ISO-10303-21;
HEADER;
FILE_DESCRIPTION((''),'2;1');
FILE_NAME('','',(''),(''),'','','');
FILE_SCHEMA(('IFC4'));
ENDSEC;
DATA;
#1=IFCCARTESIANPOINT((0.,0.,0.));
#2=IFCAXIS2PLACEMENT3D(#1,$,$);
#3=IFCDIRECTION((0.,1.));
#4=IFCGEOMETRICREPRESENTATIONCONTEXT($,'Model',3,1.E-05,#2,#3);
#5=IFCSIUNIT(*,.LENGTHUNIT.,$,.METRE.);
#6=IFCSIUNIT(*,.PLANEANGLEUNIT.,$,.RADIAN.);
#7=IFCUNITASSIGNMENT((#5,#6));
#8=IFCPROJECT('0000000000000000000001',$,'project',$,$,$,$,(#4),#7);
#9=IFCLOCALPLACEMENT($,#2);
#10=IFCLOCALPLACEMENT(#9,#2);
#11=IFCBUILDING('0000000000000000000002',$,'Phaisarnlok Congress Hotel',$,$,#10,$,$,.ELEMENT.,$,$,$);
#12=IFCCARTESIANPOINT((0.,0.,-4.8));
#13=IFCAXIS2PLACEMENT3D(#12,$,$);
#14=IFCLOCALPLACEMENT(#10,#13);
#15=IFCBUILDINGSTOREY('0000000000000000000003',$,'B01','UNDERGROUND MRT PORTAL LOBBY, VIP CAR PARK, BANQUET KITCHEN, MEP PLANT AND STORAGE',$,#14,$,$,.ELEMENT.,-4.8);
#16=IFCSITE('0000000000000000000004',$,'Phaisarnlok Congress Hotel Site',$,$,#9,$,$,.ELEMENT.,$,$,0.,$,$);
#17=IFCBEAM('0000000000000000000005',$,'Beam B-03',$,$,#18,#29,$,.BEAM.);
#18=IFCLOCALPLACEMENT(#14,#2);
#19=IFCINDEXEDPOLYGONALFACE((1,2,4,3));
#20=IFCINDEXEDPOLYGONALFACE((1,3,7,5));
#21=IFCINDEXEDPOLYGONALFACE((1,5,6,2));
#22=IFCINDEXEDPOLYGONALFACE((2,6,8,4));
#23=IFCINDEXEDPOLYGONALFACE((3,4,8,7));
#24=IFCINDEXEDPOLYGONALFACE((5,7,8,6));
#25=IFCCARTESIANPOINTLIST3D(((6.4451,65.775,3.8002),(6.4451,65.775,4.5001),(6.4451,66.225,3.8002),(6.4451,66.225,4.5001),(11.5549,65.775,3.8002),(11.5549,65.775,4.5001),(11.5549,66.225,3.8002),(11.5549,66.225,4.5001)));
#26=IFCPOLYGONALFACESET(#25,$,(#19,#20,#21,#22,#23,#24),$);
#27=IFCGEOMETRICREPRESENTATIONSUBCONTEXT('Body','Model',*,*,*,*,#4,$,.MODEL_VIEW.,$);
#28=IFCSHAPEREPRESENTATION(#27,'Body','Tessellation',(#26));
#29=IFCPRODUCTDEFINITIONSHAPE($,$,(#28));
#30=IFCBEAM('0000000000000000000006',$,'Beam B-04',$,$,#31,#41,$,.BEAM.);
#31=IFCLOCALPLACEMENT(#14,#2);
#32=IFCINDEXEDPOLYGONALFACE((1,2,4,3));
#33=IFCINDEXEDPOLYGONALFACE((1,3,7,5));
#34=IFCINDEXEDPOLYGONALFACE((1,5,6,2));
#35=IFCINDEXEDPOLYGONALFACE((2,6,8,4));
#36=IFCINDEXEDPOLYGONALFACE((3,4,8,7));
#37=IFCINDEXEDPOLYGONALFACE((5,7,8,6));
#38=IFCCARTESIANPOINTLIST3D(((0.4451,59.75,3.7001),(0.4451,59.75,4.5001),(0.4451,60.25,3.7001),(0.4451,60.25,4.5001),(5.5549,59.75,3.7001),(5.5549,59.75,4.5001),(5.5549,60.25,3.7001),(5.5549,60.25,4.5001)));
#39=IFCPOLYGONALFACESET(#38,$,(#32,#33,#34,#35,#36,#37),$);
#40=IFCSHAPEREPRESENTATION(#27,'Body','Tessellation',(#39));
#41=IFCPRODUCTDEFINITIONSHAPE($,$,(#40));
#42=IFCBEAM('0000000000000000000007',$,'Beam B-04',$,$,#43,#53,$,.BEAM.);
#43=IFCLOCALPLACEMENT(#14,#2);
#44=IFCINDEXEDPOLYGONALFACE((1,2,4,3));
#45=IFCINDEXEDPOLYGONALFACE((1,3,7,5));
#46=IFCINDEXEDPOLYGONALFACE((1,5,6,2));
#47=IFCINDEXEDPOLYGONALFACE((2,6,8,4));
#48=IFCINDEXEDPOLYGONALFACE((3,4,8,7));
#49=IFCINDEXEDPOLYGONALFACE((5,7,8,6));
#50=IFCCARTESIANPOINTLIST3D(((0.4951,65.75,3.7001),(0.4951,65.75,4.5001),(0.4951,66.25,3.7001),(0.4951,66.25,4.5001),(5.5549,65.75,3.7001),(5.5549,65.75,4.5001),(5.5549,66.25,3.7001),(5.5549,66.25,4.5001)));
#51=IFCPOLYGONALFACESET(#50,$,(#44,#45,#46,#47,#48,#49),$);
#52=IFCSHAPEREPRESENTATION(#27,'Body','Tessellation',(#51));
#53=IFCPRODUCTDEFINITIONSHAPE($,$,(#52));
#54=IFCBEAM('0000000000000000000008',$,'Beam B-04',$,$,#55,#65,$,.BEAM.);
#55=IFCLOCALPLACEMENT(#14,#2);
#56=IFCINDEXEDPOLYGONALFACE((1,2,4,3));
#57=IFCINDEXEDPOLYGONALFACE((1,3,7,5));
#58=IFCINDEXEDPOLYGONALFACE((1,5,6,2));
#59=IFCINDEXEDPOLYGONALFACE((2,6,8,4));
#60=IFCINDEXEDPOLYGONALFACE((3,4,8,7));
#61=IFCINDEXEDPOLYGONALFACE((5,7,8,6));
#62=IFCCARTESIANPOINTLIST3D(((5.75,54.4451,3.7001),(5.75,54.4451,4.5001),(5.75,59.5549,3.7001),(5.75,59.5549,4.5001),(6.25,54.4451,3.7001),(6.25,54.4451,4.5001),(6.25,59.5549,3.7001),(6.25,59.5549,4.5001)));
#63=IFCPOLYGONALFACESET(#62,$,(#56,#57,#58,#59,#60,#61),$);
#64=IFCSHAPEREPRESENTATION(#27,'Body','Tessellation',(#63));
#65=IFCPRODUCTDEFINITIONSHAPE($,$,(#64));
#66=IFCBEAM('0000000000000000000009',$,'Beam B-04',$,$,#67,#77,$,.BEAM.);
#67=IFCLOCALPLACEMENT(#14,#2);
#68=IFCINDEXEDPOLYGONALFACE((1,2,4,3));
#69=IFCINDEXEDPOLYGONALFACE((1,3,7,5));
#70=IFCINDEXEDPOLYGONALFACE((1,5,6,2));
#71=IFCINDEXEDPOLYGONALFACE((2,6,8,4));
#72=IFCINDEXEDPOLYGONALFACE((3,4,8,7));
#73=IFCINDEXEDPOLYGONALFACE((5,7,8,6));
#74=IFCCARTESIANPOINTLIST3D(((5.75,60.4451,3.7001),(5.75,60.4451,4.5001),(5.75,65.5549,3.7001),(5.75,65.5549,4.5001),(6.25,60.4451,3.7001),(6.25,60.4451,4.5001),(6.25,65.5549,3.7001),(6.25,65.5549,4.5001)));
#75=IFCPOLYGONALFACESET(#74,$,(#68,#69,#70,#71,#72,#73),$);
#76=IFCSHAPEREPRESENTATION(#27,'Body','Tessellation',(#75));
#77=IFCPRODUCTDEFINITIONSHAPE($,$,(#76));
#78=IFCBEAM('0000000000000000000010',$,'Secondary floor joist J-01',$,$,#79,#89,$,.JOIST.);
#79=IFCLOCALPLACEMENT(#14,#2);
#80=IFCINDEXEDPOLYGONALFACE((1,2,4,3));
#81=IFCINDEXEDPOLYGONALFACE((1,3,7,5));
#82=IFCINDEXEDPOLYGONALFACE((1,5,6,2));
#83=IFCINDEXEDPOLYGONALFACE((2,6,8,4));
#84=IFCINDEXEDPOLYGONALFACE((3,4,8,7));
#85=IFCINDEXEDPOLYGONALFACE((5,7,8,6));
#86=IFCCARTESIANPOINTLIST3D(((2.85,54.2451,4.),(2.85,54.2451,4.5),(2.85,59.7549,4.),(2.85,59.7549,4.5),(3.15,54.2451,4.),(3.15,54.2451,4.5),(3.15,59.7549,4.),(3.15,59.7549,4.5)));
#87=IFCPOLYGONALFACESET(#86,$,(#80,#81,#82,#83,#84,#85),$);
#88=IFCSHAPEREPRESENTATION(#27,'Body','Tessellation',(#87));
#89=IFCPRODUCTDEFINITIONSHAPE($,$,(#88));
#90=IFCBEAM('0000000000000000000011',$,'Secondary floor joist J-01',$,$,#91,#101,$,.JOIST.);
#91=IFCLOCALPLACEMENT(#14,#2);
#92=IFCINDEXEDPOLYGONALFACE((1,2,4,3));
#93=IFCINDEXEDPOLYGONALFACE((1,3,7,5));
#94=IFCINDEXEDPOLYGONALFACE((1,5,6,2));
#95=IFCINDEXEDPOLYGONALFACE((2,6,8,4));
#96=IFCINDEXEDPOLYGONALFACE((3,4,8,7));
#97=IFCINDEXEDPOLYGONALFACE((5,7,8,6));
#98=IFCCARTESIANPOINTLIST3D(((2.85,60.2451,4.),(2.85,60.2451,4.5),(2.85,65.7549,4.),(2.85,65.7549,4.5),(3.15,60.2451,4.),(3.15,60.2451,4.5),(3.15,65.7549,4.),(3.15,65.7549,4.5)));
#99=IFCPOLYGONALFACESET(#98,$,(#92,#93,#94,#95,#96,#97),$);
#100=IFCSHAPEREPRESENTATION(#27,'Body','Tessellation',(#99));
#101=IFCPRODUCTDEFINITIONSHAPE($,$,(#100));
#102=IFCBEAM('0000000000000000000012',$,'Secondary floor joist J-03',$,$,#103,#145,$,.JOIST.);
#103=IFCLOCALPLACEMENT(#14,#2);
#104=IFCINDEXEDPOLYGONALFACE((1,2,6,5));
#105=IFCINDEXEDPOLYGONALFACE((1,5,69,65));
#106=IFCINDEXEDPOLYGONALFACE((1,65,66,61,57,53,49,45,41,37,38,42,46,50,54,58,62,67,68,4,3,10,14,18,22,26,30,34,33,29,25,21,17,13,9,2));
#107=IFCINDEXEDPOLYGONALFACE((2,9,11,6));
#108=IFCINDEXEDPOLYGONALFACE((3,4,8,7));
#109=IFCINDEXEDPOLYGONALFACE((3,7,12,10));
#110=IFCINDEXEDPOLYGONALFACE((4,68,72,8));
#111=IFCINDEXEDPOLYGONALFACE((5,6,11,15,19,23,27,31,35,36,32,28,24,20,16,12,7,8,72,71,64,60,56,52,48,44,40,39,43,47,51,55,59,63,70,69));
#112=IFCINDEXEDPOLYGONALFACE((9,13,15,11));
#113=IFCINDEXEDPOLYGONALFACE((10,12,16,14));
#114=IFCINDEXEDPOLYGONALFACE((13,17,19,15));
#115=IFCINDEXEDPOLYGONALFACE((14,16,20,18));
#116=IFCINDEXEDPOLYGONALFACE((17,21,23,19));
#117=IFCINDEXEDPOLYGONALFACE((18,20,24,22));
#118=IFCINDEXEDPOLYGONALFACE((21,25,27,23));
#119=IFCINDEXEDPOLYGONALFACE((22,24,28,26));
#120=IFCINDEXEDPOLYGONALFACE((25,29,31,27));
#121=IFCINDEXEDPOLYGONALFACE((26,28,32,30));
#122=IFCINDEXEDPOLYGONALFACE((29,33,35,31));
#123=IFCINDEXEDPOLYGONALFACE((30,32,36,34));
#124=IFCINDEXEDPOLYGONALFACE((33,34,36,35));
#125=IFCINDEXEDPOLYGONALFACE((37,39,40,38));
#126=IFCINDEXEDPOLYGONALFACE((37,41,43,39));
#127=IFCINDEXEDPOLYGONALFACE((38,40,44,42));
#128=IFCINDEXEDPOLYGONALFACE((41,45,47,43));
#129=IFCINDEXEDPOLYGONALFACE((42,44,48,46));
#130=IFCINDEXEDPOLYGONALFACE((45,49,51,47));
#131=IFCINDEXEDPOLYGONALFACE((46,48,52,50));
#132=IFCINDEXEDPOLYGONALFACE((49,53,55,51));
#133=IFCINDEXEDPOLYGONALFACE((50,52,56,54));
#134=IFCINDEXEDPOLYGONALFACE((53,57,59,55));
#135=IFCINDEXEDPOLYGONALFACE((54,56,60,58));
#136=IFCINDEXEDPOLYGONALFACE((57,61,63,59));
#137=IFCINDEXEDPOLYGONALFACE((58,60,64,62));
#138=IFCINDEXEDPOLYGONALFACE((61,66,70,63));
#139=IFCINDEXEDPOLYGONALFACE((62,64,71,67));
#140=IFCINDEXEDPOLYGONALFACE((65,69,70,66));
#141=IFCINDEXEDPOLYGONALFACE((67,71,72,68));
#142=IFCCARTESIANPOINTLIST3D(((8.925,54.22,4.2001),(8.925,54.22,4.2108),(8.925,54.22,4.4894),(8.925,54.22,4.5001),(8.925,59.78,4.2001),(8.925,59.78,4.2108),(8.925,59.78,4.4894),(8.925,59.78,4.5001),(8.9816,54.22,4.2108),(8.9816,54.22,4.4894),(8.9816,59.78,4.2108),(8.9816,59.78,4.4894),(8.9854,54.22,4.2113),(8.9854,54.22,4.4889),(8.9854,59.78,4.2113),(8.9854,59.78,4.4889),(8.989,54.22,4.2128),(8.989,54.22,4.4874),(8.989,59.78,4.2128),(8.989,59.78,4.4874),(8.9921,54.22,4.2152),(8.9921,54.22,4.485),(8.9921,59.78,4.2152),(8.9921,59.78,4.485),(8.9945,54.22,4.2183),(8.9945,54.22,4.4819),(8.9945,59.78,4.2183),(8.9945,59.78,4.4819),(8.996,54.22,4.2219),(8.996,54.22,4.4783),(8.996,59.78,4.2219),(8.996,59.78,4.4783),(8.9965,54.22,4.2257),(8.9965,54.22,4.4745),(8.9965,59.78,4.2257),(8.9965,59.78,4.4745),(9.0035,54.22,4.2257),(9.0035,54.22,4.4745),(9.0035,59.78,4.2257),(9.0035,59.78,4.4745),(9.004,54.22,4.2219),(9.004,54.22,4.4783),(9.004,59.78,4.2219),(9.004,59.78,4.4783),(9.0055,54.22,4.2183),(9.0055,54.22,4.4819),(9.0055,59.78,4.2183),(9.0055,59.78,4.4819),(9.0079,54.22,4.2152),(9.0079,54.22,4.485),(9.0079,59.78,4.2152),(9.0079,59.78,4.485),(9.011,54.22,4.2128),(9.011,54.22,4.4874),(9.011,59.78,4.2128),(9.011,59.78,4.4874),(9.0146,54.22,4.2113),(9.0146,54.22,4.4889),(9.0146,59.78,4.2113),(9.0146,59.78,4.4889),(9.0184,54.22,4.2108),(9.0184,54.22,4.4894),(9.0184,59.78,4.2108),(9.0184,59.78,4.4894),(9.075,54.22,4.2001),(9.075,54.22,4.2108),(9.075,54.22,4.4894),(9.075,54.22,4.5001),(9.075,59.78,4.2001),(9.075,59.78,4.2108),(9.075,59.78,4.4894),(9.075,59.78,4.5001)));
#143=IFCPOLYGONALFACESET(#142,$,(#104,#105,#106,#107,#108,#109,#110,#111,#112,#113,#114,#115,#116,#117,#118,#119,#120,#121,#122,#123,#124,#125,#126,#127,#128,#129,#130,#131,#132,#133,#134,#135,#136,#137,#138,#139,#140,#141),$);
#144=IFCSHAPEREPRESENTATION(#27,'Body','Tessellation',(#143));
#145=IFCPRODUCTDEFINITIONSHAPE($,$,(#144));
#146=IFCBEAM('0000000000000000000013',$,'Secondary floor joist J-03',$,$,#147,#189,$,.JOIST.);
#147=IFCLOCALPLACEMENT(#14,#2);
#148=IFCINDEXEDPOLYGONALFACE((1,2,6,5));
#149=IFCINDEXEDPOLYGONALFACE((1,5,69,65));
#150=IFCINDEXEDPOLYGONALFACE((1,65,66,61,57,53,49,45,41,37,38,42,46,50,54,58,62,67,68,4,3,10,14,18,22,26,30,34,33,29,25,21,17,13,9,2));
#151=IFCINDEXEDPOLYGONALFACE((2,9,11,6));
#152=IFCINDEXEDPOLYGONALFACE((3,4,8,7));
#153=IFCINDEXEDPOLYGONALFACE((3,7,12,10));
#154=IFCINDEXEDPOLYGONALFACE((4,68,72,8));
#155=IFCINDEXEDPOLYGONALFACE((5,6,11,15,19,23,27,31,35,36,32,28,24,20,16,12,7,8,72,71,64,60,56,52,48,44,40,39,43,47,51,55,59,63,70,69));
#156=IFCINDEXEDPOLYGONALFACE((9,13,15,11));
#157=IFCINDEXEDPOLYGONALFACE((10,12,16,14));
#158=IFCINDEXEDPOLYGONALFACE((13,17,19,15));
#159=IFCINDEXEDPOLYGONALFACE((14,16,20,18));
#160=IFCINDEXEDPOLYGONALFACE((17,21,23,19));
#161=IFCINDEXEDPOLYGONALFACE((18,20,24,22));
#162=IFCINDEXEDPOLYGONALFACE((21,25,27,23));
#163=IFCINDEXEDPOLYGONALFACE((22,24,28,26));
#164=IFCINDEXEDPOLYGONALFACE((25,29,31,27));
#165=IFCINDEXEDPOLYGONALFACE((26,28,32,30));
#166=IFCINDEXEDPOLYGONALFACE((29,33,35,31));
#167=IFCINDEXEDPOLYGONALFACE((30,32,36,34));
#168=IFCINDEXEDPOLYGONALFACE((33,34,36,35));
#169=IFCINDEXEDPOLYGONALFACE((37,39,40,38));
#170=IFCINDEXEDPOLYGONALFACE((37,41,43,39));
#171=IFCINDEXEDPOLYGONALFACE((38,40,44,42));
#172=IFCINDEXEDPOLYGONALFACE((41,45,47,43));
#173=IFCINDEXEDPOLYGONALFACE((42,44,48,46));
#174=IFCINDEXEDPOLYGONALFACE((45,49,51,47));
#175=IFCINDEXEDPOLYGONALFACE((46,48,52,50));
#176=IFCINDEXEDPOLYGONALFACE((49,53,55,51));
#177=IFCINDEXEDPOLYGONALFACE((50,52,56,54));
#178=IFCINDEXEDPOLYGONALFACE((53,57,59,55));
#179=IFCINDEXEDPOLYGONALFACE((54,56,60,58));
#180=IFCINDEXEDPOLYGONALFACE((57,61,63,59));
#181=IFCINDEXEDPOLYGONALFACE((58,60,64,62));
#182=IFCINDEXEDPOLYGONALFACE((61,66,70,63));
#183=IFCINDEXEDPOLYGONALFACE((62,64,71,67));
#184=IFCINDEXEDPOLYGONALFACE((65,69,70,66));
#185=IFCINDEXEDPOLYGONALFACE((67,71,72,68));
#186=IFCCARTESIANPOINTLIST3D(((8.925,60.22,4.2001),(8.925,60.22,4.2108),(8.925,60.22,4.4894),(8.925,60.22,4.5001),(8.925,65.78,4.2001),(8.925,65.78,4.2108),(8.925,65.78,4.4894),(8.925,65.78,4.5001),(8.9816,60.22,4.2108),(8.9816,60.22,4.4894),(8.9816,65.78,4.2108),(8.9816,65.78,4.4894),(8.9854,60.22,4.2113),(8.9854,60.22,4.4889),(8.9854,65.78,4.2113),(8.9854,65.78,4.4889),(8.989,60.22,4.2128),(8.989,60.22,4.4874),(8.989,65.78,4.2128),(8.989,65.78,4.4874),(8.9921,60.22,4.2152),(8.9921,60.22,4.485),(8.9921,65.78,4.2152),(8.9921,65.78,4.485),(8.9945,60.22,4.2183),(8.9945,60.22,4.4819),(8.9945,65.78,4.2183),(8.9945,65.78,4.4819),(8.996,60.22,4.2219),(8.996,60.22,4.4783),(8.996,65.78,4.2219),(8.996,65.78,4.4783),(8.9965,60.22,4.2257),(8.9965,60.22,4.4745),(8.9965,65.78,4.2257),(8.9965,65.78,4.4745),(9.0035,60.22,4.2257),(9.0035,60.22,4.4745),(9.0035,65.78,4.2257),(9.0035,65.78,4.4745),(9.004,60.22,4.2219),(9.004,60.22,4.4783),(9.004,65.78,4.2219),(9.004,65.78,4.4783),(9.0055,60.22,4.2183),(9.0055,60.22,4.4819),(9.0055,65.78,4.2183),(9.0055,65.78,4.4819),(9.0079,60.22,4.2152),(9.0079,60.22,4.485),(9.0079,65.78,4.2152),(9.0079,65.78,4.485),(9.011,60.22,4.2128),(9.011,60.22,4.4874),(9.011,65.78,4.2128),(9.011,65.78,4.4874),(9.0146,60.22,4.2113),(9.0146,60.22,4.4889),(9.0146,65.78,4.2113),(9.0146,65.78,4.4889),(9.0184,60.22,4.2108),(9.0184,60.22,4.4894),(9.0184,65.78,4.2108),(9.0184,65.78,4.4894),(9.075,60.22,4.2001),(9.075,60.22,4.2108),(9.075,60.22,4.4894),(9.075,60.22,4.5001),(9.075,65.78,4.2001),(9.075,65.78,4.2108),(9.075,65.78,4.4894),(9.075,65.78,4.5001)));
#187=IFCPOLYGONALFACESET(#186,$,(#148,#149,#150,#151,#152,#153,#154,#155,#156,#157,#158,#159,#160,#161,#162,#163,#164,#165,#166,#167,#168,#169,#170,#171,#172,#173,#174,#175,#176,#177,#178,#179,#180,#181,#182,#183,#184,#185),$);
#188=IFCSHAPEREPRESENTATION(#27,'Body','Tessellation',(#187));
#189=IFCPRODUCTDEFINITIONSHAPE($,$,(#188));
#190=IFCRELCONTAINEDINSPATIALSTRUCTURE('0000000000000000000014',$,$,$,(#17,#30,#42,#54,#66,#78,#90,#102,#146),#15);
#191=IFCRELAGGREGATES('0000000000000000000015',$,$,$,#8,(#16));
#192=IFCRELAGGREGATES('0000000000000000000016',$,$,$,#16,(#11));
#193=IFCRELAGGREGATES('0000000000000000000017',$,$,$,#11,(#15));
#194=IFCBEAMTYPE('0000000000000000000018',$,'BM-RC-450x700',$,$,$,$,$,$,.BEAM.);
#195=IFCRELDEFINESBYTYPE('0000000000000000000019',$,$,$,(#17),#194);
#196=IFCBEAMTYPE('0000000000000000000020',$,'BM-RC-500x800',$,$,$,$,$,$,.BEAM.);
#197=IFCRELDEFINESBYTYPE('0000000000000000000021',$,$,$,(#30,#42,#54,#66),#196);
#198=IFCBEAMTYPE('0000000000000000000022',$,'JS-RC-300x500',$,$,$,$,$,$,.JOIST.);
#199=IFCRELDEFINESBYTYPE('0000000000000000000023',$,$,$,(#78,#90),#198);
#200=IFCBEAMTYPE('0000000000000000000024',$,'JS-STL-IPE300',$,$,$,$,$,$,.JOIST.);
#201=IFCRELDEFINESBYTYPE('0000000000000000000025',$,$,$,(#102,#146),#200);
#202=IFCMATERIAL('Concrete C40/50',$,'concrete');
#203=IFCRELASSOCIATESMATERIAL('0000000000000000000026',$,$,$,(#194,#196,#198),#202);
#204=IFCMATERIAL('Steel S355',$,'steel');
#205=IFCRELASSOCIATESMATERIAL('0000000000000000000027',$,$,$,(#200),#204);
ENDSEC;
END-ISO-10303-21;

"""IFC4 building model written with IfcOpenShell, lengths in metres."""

from ifc_helpers import new_model, si_unit, direction, frame, origin, origin_2d, place, context, subcontext, project, spatial, rectangle, i_section, extrude, material, material_profile, profile_set, type_object, element, save


model = new_model("IFC4")

# Units and contexts
model_context = context("Model", 3, precision=1e-05, world=origin(), true_north=direction((0.0, 1.0)))
body_context = subcontext(model_context, "Body", "Model", "MODEL_VIEW")
ifc_project = project(units=[si_unit("LENGTHUNIT", "METRE"), si_unit("PLANEANGLEUNIT", "RADIAN")], contexts=[model_context])

# Site, building, storey
site_placement = place(None, origin())
site = spatial("IfcSite", under=ifc_project, at=site_placement, Name="Phaisarnlok Congress Hotel Site", CompositionType="ELEMENT", RefElevation=0.0)
building_placement = place(site_placement, origin())
building = spatial("IfcBuilding", under=site, at=building_placement, Name="Phaisarnlok Congress Hotel", CompositionType="ELEMENT")
storey_placement = place(building_placement, frame((0.0, 0.0, -4.8)))
storey = spatial("IfcBuildingStorey", under=building, at=storey_placement, Name="B01", Description="UNDERGROUND MRT PORTAL LOBBY, VIP CAR PARK, BANQUET KITCHEN, MEP PLANT AND STORAGE", CompositionType="ELEMENT", Elevation=-4.8)

# Shared definitions
ifc_material_1 = material(Name="Concrete C40/50", Category="concrete")

# Beams
ifc_material_profile_1 = material_profile(ifc_material_1, rectangle(XDim=0.45, YDim=0.7, at=origin_2d()), Name="RC 450x700")
ifc_profile_set_1 = profile_set([ifc_material_profile_1], Name="Concrete C40/50")
beam_type_1 = type_object("IfcBeamType", Name="BM-RC-450x700", PredefinedType="BEAM", material=ifc_profile_set_1)
for number, where, z_axis, x_axis, name in (
    (1, (6.4451, 66.0, 4.1501), (1.0, 0.0, 0.0), (0.0, 1.0, 0.0), "Beam B-03"),
):
    element("IfcBeam", number, at=place(storey_placement, frame(where, z_axis=z_axis, x_axis=x_axis)), inside=storey, type_object=beam_type_1, Name=name, PredefinedType="BEAM", context=body_context, shape_type="SweptSolid", body=[
        extrude(rectangle(XDim=0.45, YDim=0.7, at=origin_2d()), origin(), (0.0, 0.0, 1.0), 5.1099),
    ])
ifc_material_profile_2 = material_profile(ifc_material_1, rectangle(XDim=0.5, YDim=0.8, at=origin_2d()), Name="RC 500x800")
ifc_profile_set_2 = profile_set([ifc_material_profile_2], Name="Concrete C40/50")
beam_type_2 = type_object("IfcBeamType", Name="BM-RC-500x800", PredefinedType="BEAM", material=ifc_profile_set_2)
beam_1_placement = place(storey_placement, frame((0.4451, 60.0, 4.1001), z_axis=(1.0, 0.0, 0.0), x_axis=(0.0, 1.0, 0.0)))
element("IfcBeam", 2, at=beam_1_placement, inside=storey, type_object=beam_type_2, Name="Beam B-04", PredefinedType="BEAM", context=body_context, shape_type="SweptSolid", body=[
    extrude(rectangle(XDim=0.5, YDim=0.8, at=origin_2d()), origin(), (0.0, 0.0, 1.0), 5.1099),
])
beam_2_placement = place(storey_placement, frame((0.4951, 66.0, 4.1001), z_axis=(1.0, 0.0, 0.0), x_axis=(0.0, 1.0, 0.0)))
element("IfcBeam", 3, at=beam_2_placement, inside=storey, type_object=beam_type_2, Name="Beam B-04", PredefinedType="BEAM", context=body_context, shape_type="SweptSolid", body=[
    extrude(rectangle(XDim=0.5, YDim=0.8, at=origin_2d()), origin(), (0.0, 0.0, 1.0), 5.0598),
])
for number, where, z_axis, x_axis, name in (
    (4, (6.0, 54.4451, 4.1001), (0.0, 1.0, 0.0), (-1.0, 0.0, 0.0), "Beam B-04"),
    (5, (6.0, 60.4451, 4.1001), (0.0, 1.0, 0.0), (-1.0, 0.0, 0.0), "Beam B-04"),
):
    element("IfcBeam", number, at=place(storey_placement, frame(where, z_axis=z_axis, x_axis=x_axis)), inside=storey, type_object=beam_type_2, Name=name, PredefinedType="BEAM", context=body_context, shape_type="SweptSolid", body=[
        extrude(rectangle(XDim=0.5, YDim=0.8, at=origin_2d()), origin(), (0.0, 0.0, 1.0), 5.1099),
    ])
ifc_material_profile_3 = material_profile(ifc_material_1, rectangle(XDim=0.3, YDim=0.5, at=origin_2d()), Name="RC 300x500")
ifc_profile_set_3 = profile_set([ifc_material_profile_3], Name="Concrete C40/50")
beam_type_3 = type_object("IfcBeamType", Name="JS-RC-300x500", PredefinedType="JOIST", material=ifc_profile_set_3)
for number, where, z_axis, x_axis, name in (
    (6, (3.0, 54.2451, 4.25), (0.0, 1.0, 0.0), (-1.0, 0.0, 0.0), "Secondary floor joist J-01"),
    (7, (3.0, 60.2451, 4.25), (0.0, 1.0, 0.0), (-1.0, 0.0, 0.0), "Secondary floor joist J-01"),
):
    element("IfcBeam", number, at=place(storey_placement, frame(where, z_axis=z_axis, x_axis=x_axis)), inside=storey, type_object=beam_type_3, Name=name, PredefinedType="JOIST", context=body_context, shape_type="SweptSolid", body=[
        extrude(rectangle(XDim=0.3, YDim=0.5, at=origin_2d()), origin(), (0.0, 0.0, 1.0), 5.5098),
    ])
ifc_material_2 = material(Name="Steel S355", Category="steel")
ifc_material_profile_4 = material_profile(ifc_material_2, i_section(OverallWidth=0.1499, OverallDepth=0.3, WebThickness=0.0071, FlangeThickness=0.0107, FilletRadius=0.0149, at=origin_2d()), Name="IPE 300")
ifc_profile_set_4 = profile_set([ifc_material_profile_4], Name="Steel S355")
beam_type_4 = type_object("IfcBeamType", Name="JS-STL-IPE300", PredefinedType="JOIST", material=ifc_profile_set_4)
for number, where, z_axis, x_axis, name in (
    (8, (9.0, 54.22, 4.3501), (0.0, 1.0, 0.0), (-1.0, 0.0, 0.0), "Secondary floor joist J-03"),
    (9, (9.0, 60.22, 4.3501), (0.0, 1.0, 0.0), (-1.0, 0.0, 0.0), "Secondary floor joist J-03"),
):
    element("IfcBeam", number, at=place(storey_placement, frame(where, z_axis=z_axis, x_axis=x_axis)), inside=storey, type_object=beam_type_4, Name=name, PredefinedType="JOIST", context=body_context, shape_type="SweptSolid", body=[
        extrude(i_section(OverallWidth=0.1499, OverallDepth=0.3, WebThickness=0.0071, FlangeThickness=0.0107, FilletRadius=0.0149, at=origin_2d()), origin(), (0.0, 0.0, 1.0), 5.5601),
    ])

save(model, "model.ifc")
